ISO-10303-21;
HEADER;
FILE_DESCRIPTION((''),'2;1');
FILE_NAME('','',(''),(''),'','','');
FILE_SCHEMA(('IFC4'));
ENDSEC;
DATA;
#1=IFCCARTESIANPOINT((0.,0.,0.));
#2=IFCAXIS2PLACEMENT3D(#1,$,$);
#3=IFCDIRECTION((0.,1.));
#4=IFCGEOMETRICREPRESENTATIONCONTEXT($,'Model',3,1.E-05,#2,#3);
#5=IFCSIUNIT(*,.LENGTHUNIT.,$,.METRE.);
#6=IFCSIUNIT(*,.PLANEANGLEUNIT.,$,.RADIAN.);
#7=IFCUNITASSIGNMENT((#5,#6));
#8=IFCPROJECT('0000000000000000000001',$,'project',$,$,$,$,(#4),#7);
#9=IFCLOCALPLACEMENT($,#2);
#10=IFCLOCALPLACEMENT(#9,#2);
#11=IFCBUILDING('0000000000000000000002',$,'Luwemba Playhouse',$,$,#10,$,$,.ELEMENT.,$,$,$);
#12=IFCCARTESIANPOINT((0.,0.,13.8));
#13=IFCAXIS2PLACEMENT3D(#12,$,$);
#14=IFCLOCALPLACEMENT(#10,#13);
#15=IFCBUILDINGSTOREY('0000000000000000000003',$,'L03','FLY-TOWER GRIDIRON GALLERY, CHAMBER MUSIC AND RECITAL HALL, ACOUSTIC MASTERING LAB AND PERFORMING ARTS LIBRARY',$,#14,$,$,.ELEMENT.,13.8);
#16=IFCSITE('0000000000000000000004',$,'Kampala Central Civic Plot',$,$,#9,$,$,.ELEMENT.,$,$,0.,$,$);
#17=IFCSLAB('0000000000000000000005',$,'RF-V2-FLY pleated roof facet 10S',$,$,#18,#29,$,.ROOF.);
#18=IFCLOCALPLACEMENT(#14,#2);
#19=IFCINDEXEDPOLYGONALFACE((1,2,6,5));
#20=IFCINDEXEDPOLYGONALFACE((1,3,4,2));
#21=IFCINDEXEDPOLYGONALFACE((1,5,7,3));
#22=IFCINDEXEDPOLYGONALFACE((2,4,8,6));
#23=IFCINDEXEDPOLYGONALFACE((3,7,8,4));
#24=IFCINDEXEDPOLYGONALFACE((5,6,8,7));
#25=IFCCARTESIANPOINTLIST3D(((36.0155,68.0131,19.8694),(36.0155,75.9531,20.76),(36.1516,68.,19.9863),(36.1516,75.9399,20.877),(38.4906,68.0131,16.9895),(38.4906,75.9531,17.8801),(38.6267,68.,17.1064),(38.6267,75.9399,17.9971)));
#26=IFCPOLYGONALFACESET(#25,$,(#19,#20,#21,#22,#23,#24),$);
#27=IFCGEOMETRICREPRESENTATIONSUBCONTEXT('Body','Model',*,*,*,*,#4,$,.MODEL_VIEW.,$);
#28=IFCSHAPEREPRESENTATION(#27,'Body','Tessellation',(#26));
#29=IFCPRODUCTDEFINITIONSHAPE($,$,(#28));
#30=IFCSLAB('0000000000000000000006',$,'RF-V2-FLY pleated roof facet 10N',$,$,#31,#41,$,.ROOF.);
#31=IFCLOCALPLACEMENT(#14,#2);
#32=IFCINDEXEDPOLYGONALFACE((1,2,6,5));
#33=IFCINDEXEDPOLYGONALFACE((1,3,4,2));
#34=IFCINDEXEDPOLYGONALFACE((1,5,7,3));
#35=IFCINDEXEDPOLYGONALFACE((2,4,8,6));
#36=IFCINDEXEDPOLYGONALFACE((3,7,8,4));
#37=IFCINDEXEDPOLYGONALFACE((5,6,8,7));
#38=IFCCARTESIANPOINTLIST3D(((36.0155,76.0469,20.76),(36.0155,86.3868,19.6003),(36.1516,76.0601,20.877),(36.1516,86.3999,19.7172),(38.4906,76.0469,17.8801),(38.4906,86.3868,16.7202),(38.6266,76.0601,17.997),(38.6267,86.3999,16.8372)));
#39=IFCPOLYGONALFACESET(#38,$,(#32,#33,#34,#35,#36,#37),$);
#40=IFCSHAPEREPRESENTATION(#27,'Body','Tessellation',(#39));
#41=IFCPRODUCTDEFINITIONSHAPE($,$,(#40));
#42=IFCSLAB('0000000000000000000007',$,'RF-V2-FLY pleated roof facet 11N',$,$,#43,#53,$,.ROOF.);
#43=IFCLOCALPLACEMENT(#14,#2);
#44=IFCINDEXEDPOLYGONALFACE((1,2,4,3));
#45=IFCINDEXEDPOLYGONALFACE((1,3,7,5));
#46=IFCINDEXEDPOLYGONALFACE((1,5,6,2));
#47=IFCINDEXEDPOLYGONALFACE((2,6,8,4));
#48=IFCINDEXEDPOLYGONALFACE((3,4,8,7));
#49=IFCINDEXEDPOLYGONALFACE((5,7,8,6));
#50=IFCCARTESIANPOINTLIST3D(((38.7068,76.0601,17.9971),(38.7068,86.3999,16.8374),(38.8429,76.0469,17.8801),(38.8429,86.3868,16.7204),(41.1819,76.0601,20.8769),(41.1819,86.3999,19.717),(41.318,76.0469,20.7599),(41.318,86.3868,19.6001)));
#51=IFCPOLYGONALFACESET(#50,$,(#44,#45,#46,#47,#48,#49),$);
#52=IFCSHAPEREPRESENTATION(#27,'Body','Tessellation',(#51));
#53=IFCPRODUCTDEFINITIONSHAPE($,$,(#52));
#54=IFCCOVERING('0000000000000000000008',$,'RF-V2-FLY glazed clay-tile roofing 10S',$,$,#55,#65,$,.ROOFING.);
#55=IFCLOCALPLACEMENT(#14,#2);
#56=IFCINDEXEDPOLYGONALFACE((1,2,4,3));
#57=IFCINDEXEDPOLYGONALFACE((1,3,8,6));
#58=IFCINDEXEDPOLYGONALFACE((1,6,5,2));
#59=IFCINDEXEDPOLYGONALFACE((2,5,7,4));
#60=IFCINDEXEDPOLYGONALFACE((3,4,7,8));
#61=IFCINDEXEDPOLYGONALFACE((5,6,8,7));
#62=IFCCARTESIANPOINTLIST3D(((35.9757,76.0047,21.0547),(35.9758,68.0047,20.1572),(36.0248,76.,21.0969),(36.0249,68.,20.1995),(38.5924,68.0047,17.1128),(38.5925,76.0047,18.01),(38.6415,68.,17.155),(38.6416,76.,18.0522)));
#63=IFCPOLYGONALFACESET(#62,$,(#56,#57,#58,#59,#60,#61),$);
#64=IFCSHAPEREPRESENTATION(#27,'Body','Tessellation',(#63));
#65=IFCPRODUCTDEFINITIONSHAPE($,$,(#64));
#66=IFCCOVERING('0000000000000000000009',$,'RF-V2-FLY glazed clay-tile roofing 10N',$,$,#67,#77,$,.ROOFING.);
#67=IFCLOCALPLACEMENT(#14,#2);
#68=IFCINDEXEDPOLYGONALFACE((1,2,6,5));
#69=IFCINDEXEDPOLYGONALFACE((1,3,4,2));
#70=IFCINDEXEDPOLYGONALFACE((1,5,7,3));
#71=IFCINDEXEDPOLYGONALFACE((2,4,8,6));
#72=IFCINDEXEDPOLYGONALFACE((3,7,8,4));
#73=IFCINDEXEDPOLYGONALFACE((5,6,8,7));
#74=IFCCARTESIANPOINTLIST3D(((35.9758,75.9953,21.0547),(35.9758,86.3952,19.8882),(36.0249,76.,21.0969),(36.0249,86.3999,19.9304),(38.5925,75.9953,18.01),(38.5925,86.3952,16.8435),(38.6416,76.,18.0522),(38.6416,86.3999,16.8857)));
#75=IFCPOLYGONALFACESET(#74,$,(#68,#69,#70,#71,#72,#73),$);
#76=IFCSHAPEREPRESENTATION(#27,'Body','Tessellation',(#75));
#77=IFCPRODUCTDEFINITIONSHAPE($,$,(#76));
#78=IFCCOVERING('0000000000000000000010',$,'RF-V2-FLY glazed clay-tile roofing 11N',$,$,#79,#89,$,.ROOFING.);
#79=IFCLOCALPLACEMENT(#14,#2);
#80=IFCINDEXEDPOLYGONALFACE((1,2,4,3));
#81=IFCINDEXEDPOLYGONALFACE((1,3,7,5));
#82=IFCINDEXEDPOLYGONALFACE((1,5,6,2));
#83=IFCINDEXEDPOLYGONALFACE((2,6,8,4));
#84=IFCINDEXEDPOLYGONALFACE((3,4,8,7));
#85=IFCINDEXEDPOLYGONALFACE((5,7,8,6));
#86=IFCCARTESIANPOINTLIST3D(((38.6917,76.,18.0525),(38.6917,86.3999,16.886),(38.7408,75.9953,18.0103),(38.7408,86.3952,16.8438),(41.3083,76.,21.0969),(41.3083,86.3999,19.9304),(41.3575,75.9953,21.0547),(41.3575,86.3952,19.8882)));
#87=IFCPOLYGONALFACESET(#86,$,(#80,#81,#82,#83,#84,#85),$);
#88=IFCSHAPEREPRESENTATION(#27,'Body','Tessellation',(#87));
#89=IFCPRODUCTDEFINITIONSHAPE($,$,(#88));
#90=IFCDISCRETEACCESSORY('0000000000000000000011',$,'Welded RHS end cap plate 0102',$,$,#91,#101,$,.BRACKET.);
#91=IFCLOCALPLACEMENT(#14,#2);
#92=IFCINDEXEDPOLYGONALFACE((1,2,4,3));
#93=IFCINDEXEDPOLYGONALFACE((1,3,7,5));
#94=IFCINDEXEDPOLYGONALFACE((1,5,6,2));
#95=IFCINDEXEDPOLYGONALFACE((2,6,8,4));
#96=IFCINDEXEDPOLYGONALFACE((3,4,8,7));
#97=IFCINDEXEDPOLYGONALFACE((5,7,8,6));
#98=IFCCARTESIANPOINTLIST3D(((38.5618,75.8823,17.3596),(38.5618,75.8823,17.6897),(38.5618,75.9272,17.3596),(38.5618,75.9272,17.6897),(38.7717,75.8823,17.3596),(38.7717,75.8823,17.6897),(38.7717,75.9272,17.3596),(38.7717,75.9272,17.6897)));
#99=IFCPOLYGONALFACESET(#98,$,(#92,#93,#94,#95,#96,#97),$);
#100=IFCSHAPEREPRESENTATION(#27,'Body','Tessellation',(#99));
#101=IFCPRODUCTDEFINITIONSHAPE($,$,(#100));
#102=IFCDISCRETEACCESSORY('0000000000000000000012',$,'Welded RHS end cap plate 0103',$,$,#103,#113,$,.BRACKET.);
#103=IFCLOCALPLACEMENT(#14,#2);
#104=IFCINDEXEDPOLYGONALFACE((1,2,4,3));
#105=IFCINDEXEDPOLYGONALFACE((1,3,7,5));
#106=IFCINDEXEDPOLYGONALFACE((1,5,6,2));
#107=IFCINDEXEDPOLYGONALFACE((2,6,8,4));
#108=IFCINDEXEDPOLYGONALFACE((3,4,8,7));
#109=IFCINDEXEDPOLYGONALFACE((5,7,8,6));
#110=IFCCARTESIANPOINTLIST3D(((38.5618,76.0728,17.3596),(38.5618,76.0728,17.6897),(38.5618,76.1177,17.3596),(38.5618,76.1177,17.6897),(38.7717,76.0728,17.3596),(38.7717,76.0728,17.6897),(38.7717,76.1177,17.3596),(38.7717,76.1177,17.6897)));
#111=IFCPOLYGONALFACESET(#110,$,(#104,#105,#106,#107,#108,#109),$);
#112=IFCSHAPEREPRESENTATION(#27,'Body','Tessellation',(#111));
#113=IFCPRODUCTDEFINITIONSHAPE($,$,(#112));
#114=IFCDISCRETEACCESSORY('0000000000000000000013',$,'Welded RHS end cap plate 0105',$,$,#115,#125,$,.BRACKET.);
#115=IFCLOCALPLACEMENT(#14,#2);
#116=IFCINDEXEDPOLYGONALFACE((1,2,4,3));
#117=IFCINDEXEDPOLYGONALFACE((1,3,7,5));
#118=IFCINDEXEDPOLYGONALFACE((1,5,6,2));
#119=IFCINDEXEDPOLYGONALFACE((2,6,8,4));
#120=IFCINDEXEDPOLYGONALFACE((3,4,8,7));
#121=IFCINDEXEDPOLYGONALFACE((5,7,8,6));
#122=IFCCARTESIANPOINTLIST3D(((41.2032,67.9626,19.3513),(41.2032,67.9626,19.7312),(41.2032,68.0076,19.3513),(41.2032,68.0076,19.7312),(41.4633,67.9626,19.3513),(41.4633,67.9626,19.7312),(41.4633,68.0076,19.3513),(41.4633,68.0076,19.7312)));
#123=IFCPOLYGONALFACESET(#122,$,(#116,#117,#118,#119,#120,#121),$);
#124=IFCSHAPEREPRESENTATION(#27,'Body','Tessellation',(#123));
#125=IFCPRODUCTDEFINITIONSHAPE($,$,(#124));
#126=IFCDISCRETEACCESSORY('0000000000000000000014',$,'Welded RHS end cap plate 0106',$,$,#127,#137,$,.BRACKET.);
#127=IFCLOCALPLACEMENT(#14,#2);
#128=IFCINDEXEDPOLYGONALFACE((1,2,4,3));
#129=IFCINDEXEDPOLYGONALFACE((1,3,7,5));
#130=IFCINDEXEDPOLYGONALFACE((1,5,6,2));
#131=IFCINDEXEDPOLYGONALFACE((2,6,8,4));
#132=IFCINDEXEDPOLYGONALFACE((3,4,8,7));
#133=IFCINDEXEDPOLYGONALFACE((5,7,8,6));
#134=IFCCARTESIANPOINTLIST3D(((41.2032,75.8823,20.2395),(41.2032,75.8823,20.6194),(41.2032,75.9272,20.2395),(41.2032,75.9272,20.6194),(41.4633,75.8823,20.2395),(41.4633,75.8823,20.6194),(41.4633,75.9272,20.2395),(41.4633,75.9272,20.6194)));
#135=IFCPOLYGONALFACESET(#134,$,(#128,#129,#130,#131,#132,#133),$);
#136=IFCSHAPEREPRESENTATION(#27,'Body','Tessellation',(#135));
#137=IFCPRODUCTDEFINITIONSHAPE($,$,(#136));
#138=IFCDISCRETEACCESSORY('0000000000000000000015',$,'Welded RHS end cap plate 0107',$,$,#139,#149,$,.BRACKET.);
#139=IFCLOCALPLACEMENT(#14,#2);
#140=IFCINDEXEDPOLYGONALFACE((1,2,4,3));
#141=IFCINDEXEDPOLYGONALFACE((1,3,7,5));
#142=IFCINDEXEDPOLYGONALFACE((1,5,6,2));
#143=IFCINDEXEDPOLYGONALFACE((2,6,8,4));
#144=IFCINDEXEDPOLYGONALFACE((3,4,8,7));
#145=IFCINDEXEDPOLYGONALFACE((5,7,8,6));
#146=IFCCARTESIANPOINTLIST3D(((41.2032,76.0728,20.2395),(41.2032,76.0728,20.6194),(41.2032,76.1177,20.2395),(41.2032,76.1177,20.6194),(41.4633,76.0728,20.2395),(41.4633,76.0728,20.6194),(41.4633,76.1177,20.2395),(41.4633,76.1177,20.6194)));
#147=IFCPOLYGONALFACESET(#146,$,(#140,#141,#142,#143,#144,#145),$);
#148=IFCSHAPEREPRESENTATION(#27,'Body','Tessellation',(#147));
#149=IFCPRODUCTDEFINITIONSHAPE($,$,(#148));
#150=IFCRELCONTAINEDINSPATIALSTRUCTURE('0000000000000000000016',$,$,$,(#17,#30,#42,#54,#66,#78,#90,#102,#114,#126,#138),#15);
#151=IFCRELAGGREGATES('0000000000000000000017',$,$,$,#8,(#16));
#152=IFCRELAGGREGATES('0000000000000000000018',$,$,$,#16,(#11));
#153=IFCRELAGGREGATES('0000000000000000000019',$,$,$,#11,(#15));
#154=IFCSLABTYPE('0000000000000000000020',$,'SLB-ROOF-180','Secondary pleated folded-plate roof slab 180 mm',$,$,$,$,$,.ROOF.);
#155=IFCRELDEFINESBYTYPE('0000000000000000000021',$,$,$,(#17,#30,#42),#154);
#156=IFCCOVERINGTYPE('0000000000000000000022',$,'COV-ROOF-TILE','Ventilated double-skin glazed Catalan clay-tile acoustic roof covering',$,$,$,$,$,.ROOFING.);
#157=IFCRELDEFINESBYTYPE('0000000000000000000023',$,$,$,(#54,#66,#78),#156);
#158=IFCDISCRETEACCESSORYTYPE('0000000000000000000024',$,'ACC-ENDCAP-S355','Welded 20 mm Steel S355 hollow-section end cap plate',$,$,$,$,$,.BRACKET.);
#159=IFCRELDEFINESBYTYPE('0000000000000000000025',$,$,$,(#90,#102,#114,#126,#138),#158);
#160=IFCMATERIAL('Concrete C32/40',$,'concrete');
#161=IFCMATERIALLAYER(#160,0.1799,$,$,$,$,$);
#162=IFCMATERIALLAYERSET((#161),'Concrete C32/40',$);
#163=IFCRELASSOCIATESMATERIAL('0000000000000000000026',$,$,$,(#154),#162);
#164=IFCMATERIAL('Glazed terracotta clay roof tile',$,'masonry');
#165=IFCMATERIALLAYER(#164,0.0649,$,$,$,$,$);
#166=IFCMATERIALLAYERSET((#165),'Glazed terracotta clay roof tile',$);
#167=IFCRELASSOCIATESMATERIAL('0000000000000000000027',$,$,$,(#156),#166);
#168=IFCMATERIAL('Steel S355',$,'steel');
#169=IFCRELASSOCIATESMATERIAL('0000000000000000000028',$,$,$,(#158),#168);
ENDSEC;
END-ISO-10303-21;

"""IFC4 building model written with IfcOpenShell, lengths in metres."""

from ifc_helpers import new_model, si_unit, direction, frame, origin, origin_2d, place, context, subcontext, project, spatial, polyline, rectangle, outline, extrude, material, layer, layer_set, type_object, element, save


model = new_model("IFC4")

# Units and contexts
model_context = context("Model", 3, precision=1e-05, world=origin(), true_north=direction((0.0, 1.0)))
body_context = subcontext(model_context, "Body", "Model", "MODEL_VIEW")
ifc_project = project(units=[si_unit("LENGTHUNIT", "METRE"), si_unit("PLANEANGLEUNIT", "RADIAN")], contexts=[model_context])

# Site, building, storey
site_placement = place(None, origin())
site = spatial("IfcSite", under=ifc_project, at=site_placement, Name="Kampala Central Civic Plot", CompositionType="ELEMENT", RefElevation=0.0)
building_placement = place(site_placement, origin())
building = spatial("IfcBuilding", under=site, at=building_placement, Name="Luwemba Playhouse", CompositionType="ELEMENT")
storey_placement = place(building_placement, frame((0.0, 0.0, 13.8)))
storey = spatial("IfcBuildingStorey", under=building, at=storey_placement, Name="L03", Description="FLY-TOWER GRIDIRON GALLERY, CHAMBER MUSIC AND RECITAL HALL, ACOUSTIC MASTERING LAB AND PERFORMING ARTS LIBRARY", CompositionType="ELEMENT", Elevation=13.8)

# Shared definitions
ifc_material_1 = material(Name="Steel S355", Category="steel")

# Slabs
ifc_material_2 = material(Name="Concrete C32/40", Category="concrete")
ifc_layer_1 = layer(ifc_material_2, 0.1799)
ifc_layer_set_1 = layer_set([ifc_layer_1], Name="Concrete C32/40")
slab_type = type_object("IfcSlabType", Name="SLB-ROOF-180", Description="Secondary pleated folded-plate roof slab 180 mm", PredefinedType="ROOF", material=ifc_layer_set_1)
slab_1_placement = place(storey_placement, frame((36.1516, 68.0, 19.9863), z_axis=(0.756375, -0.072918, 0.650062), x_axis=(0.651797, 0.0, -0.758394)))
element("IfcSlab", 1, at=slab_1_placement, inside=storey, type_object=slab_type, Name="RF-V2-FLY pleated roof facet 10S", PredefinedType="ROOF", context=body_context, shape_type="SweptSolid", body=[
    extrude(outline(polyline([(0.0, 0.0), (3.7973, 0.0), (3.1219, 7.9611), (-0.6754, 7.9611), (0.0, 0.0)])), origin(), (0.0, 0.0, -1.0), 0.1799),
])
slab_2_placement = place(storey_placement, frame((36.1516, 76.0601, 20.877), z_axis=(0.756389, 0.072914, 0.650046), x_axis=(0.651781, -0.000002, -0.758407)))
element("IfcSlab", 2, at=slab_2_placement, inside=storey, type_object=slab_type, Name="RF-V2-FLY pleated roof facet 10N", PredefinedType="ROOF", context=body_context, shape_type="SweptSolid", body=[
    extrude(outline(polyline([(0.0, 0.0), (3.7973, 0.0), (4.677, 10.3674), (0.8795, 10.3674), (0.0, 0.0)])), origin(), (0.0, 0.0, -1.0), 0.1799),
])
slab_3_placement = place(storey_placement, frame((38.7068, 76.0601, 17.9971), z_axis=(-0.756361, 0.072917, 0.650078), x_axis=(0.651813, -0.000002, 0.75838)))
element("IfcSlab", 3, at=slab_3_placement, inside=storey, type_object=slab_type, Name="RF-V2-FLY pleated roof facet 11N", PredefinedType="ROOF", context=body_context, shape_type="SweptSolid", body=[
    extrude(outline(polyline([(0.0, 0.0), (3.7973, 0.0), (2.9177, 10.3674), (-0.8795, 10.3674), (0.0, 0.0)])), origin(), (0.0, 0.0, -1.0), 0.1799),
])

# Coverings
ifc_material_3 = material(Name="Glazed terracotta clay roof tile", Category="masonry")
ifc_layer_2 = layer(ifc_material_3, 0.0649)
ifc_layer_set_2 = layer_set([ifc_layer_2], Name="Glazed terracotta clay roof tile")
covering_type = type_object("IfcCoveringType", Name="COV-ROOF-TILE", Description="Ventilated double-skin glazed Catalan clay-tile acoustic roof covering", PredefinedType="ROOFING", material=ifc_layer_set_2)
covering_1_placement = place(storey_placement, frame((36.0249, 68.0, 20.1995), z_axis=(0.756366, -0.072917, 0.650072), x_axis=(0.651808, 0.000001, -0.758384)))
element("IfcCovering", 4, at=covering_1_placement, inside=storey, type_object=covering_type, Name="RF-V2-FLY glazed clay-tile roofing 10S", PredefinedType="ROOFING", context=body_context, shape_type="SweptSolid", body=[
    extrude(outline(polyline([(0.0, 0.0), (4.0144, 0.0), (3.334, 8.0213), (-0.6806, 8.0214), (0.0, 0.0)])), origin(), (0.0, 0.0, -1.0), 0.0649),
])
covering_2_placement = place(storey_placement, frame((36.0249, 76.0, 21.0969), z_axis=(0.756379, 0.072914, 0.650058), x_axis=(0.651792, 0.0, -0.758397)))
element("IfcCovering", 5, at=covering_2_placement, inside=storey, type_object=covering_type, Name="RF-V2-FLY glazed clay-tile roofing 10N", PredefinedType="ROOFING", context=body_context, shape_type="SweptSolid", body=[
    extrude(outline(polyline([(0.0, 0.0), (4.0146, 0.0), (4.8993, 10.4277), (0.8847, 10.4277), (0.0, 0.0)])), origin(), (0.0, 0.0, -1.0), 0.0649),
])
covering_3_placement = place(storey_placement, frame((38.6917, 76.0, 18.0525), z_axis=(-0.756353, 0.072917, 0.650087), x_axis=(0.651822, 0.0, 0.758372)))
element("IfcCovering", 6, at=covering_3_placement, inside=storey, type_object=covering_type, Name="RF-V2-FLY glazed clay-tile roofing 11N", PredefinedType="ROOFING", context=body_context, shape_type="SweptSolid", body=[
    extrude(outline(polyline([(0.0, 0.0), (4.0144, 0.0), (3.1298, 10.4277), (-0.8846, 10.4277), (0.0, 0.0)])), origin(), (0.0, 0.0, -1.0), 0.0649),
])

# Discrete accessories
discrete_accessory_type = type_object("IfcDiscreteAccessoryType", Name="ACC-ENDCAP-S355", Description="Welded 20 mm Steel S355 hollow-section end cap plate", PredefinedType="BRACKET", material=ifc_material_1)
for number, where, z_axis, x_axis, name in (
    (7, (38.6667, 75.9048, 17.3596), (0.0, 0.0, 1.0), (1.0, 0.0, 0.0), "Welded RHS end cap plate 0102"),
    (8, (38.6667, 76.0952, 17.3596), (0.0, 0.0, 1.0), (1.0, 0.0, 0.0), "Welded RHS end cap plate 0103"),
):
    element("IfcDiscreteAccessory", number, at=place(storey_placement, frame(where, z_axis=z_axis, x_axis=x_axis)), inside=storey, type_object=discrete_accessory_type, Name=name, PredefinedType="BRACKET", context=body_context, shape_type="SweptSolid", body=[
        extrude(rectangle(XDim=0.21, YDim=0.0449, at=origin_2d()), origin(), (0.0, 0.0, 1.0), 0.3301),
    ])
for number, where, z_axis, x_axis, name in (
    (9, (41.3333, 67.9851, 19.3513), (0.0, 0.0, 1.0), (1.0, 0.0, 0.0), "Welded RHS end cap plate 0105"),
    (10, (41.3333, 75.9048, 20.2395), (0.0, 0.0, 1.0), (1.0, 0.0, 0.0), "Welded RHS end cap plate 0106"),
    (11, (41.3333, 76.0952, 20.2395), (0.0, 0.0, 1.0), (1.0, 0.0, 0.0), "Welded RHS end cap plate 0107"),
):
    element("IfcDiscreteAccessory", number, at=place(storey_placement, frame(where, z_axis=z_axis, x_axis=x_axis)), inside=storey, type_object=discrete_accessory_type, Name=name, PredefinedType="BRACKET", context=body_context, shape_type="SweptSolid", body=[
        extrude(rectangle(XDim=0.26, YDim=0.0449, at=origin_2d()), origin(), (0.0, 0.0, 1.0), 0.3799),
    ])

save(model, "model.ifc")
